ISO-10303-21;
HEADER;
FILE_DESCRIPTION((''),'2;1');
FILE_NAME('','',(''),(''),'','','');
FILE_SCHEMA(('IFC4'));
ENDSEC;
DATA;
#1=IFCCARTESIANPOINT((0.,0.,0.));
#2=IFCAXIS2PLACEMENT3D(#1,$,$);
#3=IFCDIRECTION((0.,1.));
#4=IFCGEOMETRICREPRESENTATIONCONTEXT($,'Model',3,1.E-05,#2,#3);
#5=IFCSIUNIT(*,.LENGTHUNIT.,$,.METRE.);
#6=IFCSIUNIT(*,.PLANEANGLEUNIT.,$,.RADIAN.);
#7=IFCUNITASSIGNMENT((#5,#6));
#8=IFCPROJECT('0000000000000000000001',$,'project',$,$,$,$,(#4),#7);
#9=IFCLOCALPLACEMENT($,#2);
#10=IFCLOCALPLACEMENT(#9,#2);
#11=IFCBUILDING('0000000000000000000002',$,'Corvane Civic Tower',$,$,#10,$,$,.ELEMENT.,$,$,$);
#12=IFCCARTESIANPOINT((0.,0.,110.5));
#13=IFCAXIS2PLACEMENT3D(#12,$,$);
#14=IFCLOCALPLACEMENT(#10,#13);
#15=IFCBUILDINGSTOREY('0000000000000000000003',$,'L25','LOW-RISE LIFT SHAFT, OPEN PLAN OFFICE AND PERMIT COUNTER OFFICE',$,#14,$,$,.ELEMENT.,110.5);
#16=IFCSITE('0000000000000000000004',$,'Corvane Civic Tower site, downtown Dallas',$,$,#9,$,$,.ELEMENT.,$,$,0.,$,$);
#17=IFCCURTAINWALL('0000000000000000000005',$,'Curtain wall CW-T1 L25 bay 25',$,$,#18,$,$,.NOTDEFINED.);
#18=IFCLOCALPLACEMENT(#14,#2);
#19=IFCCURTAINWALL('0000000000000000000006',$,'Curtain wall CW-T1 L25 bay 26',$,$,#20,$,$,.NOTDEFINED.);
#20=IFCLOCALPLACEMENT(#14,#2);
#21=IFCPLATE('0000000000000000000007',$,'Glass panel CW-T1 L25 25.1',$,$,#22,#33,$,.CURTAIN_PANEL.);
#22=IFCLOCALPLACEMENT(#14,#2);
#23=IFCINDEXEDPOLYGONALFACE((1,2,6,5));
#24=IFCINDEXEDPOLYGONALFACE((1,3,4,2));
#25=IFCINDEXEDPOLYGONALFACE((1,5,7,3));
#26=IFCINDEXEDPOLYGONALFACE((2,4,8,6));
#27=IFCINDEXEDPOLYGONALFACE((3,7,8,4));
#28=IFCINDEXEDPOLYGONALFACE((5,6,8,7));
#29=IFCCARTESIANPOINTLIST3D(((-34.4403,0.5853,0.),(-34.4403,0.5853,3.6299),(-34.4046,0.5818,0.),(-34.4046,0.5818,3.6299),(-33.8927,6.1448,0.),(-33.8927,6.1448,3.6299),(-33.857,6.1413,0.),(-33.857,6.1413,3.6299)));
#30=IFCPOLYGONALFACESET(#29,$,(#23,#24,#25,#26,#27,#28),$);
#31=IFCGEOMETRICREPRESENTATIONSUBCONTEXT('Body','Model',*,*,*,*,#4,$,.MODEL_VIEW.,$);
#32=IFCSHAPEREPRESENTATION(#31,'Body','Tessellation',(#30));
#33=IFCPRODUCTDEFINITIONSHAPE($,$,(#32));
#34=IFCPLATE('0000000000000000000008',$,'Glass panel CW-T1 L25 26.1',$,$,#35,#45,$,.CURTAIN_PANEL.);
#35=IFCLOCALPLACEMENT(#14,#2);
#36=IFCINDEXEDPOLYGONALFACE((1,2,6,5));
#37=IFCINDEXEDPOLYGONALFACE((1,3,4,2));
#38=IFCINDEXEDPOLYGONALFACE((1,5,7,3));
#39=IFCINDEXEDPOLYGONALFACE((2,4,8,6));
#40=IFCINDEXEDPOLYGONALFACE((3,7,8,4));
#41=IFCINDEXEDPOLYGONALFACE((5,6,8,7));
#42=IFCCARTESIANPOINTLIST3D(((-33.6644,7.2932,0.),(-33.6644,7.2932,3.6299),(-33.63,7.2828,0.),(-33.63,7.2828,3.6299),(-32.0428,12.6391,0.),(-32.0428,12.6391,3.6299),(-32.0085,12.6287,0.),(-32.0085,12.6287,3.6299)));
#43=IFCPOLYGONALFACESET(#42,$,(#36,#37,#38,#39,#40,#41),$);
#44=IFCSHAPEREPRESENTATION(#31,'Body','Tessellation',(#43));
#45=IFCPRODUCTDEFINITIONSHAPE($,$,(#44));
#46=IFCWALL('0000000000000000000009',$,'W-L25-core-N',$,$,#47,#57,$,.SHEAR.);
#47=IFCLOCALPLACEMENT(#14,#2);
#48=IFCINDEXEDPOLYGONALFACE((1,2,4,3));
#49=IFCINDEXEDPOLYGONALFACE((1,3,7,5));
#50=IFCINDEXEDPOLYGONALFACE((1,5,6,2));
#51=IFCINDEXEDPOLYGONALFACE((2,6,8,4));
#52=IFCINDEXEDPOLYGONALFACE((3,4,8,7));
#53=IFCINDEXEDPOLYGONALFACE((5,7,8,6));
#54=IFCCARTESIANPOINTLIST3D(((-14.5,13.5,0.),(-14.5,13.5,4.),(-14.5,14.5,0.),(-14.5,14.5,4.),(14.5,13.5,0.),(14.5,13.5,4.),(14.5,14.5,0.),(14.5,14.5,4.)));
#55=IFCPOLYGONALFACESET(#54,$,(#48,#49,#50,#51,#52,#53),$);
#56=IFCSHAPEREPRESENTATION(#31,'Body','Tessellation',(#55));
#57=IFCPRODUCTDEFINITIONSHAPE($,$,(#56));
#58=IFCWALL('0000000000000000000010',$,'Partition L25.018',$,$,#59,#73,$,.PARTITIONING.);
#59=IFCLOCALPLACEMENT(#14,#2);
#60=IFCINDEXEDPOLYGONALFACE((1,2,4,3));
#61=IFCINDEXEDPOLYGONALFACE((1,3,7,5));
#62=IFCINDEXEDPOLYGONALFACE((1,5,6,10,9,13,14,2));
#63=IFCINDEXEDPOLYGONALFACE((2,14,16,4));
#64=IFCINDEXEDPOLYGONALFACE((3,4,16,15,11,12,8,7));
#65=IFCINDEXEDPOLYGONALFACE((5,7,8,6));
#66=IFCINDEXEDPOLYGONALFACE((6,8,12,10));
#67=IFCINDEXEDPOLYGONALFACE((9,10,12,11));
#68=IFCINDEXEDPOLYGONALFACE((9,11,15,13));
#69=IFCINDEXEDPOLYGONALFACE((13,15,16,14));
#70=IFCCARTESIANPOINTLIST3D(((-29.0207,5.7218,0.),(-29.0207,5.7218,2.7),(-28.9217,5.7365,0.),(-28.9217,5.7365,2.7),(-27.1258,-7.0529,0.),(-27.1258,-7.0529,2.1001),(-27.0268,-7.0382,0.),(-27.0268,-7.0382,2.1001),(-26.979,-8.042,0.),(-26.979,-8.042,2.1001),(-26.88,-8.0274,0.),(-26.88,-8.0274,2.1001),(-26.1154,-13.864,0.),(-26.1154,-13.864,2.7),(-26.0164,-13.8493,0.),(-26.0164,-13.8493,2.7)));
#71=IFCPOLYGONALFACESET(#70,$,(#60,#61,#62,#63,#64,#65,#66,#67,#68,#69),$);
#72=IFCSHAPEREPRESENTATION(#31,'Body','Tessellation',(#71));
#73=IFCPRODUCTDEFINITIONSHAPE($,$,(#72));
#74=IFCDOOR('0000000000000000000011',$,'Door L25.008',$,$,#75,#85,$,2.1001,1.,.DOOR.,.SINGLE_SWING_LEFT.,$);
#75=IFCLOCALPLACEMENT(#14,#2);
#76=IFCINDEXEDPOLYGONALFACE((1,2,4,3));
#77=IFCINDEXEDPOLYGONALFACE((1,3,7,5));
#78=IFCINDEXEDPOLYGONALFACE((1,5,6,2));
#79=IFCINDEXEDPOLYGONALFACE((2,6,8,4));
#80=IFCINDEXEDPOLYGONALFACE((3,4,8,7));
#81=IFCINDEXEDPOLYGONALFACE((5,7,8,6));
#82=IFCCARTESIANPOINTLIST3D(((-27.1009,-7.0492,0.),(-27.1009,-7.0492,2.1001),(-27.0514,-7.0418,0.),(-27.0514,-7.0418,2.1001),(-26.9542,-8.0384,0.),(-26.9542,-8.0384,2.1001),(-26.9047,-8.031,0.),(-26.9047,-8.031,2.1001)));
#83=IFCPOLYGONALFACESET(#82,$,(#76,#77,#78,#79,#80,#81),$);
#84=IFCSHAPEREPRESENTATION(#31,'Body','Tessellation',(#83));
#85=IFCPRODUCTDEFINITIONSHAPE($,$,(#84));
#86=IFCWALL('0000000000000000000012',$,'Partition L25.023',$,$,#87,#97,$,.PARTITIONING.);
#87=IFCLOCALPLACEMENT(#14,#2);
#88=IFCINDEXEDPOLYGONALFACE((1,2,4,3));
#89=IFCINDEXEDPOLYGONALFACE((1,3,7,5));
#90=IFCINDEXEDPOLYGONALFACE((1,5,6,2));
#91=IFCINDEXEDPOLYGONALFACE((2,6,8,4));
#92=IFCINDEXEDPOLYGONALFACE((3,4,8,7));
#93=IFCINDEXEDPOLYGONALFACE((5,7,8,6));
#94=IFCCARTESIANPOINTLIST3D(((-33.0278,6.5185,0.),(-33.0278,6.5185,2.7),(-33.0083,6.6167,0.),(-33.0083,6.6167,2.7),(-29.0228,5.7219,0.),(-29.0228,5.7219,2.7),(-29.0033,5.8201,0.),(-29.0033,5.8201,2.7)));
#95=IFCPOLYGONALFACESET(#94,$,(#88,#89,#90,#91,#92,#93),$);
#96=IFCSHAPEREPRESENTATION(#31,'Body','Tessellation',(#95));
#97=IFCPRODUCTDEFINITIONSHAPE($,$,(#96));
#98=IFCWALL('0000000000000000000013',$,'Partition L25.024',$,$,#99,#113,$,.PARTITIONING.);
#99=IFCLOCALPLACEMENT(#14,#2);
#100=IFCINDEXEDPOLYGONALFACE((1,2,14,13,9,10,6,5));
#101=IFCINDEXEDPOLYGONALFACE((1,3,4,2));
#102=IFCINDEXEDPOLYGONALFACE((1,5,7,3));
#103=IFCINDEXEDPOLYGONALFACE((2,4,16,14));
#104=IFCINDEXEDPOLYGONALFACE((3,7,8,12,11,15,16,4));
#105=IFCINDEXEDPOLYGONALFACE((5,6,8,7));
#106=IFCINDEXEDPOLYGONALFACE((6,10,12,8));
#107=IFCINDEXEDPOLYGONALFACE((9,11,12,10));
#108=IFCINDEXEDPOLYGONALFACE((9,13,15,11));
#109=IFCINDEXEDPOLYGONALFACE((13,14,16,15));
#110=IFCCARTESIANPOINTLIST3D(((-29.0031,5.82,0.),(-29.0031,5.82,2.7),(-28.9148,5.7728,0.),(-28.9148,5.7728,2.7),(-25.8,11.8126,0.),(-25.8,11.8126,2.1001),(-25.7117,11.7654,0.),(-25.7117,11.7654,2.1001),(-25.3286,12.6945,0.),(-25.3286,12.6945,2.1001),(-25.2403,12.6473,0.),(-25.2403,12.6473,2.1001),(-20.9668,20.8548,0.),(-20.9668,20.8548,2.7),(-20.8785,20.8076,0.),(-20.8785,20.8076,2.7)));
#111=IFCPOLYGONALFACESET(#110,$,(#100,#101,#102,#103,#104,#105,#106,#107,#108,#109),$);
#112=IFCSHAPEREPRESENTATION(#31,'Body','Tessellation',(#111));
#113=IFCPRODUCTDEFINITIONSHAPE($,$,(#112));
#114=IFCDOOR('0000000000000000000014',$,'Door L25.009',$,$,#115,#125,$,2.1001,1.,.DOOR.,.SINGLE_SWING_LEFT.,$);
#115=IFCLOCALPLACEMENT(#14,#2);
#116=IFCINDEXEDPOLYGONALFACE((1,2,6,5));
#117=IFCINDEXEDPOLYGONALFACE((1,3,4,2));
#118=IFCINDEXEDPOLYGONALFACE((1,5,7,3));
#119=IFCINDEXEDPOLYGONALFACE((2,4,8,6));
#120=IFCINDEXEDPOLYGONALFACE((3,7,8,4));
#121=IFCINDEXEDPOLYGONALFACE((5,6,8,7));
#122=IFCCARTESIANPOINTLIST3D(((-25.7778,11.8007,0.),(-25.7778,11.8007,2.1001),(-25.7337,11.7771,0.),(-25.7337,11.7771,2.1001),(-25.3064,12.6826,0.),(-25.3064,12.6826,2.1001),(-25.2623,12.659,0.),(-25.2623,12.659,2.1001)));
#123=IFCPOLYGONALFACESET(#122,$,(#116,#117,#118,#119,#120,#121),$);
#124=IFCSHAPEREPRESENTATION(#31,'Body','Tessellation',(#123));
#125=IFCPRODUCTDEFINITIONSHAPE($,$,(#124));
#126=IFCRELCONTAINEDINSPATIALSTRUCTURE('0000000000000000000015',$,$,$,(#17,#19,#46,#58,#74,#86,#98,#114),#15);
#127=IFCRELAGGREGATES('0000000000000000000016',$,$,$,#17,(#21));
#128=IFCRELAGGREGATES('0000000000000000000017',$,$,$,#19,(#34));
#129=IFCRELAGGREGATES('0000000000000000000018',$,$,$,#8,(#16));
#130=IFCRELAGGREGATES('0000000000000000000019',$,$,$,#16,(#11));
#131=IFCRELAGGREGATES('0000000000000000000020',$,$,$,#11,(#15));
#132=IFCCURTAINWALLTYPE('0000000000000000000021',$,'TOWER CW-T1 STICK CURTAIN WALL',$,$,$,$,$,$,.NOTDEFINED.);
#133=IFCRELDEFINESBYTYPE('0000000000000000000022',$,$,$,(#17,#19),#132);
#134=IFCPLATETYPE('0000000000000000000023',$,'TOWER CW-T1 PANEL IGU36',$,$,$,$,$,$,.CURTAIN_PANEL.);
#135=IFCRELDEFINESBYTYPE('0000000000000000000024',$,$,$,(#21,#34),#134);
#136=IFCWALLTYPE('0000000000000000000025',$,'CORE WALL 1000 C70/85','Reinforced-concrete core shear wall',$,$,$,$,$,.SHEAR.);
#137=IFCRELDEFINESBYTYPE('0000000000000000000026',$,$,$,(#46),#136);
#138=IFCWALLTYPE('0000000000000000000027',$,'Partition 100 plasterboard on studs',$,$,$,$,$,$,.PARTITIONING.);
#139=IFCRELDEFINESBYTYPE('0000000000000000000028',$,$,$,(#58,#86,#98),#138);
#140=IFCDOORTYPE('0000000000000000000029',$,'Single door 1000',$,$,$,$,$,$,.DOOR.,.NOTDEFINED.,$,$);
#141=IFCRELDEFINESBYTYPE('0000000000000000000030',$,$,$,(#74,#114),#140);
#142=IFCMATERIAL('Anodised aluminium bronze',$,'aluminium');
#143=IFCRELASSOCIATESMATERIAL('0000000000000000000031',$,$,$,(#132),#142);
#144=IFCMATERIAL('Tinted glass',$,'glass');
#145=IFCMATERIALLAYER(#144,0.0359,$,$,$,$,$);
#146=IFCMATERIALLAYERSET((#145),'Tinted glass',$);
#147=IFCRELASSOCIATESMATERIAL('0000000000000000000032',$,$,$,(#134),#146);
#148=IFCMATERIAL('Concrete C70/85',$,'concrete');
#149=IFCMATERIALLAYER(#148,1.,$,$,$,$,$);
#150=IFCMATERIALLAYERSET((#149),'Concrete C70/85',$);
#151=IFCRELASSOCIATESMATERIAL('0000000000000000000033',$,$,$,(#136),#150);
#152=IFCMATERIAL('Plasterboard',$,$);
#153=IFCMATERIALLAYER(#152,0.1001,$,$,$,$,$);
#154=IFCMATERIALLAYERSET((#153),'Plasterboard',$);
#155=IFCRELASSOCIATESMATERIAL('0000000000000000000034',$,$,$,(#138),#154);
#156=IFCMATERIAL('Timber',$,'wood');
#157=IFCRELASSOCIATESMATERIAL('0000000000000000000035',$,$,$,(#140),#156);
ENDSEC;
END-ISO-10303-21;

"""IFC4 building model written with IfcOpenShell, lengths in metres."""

from ifc_helpers import new_model, si_unit, direction, frame, frame_2d, origin, origin_2d, place, context, subcontext, project, spatial, rectangle, extrude, material, layer, layer_set, type_object, element, fill, aggregate, save


model = new_model("IFC4")

# Units and contexts
model_context = context("Model", 3, precision=1e-05, world=origin(), true_north=direction((0.0, 1.0)))
body_context = subcontext(model_context, "Body", "Model", "MODEL_VIEW")
ifc_project = project(units=[si_unit("LENGTHUNIT", "METRE"), si_unit("PLANEANGLEUNIT", "RADIAN")], contexts=[model_context])

# Site, building, storey
site_placement = place(None, origin())
site = spatial("IfcSite", under=ifc_project, at=site_placement, Name="Corvane Civic Tower site, downtown Dallas", CompositionType="ELEMENT", RefElevation=0.0)
building_placement = place(site_placement, origin())
building = spatial("IfcBuilding", under=site, at=building_placement, Name="Corvane Civic Tower", CompositionType="ELEMENT")
storey_placement = place(building_placement, frame((0.0, 0.0, 110.5)))
storey = spatial("IfcBuildingStorey", under=building, at=storey_placement, Name="L25", Description="LOW-RISE LIFT SHAFT, OPEN PLAN OFFICE AND PERMIT COUNTER OFFICE", CompositionType="ELEMENT", Elevation=110.5)

# Curtain walls
ifc_material_1 = material(Name="Anodised aluminium bronze", Category="aluminium")
curtain_wall_type = type_object("IfcCurtainWallType", Name="TOWER CW-T1 STICK CURTAIN WALL", PredefinedType="NOTDEFINED", material=ifc_material_1)
curtain_wall_1_placement = place(storey_placement, origin())
curtain_wall_1 = element("IfcCurtainWall", 1, at=curtain_wall_1_placement, inside=storey, type_object=curtain_wall_type, Name="Curtain wall CW-T1 L25 bay 25", PredefinedType="NOTDEFINED")
curtain_wall_2_placement = place(storey_placement, origin())
curtain_wall_2 = element("IfcCurtainWall", 2, at=curtain_wall_2_placement, inside=storey, type_object=curtain_wall_type, Name="Curtain wall CW-T1 L25 bay 26", PredefinedType="NOTDEFINED")

# Plates
ifc_material_2 = material(Name="Tinted glass", Category="glass")
ifc_layer_1 = layer(ifc_material_2, 0.0359)
ifc_layer_set_1 = layer_set([ifc_layer_1], Name="Tinted glass")
plate_type = type_object("IfcPlateType", Name="TOWER CW-T1 PANEL IGU36", PredefinedType="CURTAIN_PANEL", material=ifc_layer_set_1)
plate_1_placement = place(storey_placement, frame((-34.1487, 3.3633, 0.0), z_axis=(0.0, 0.0, 1.0), x_axis=(0.098027, 0.995184, 0.0)))
plate_1 = element("IfcPlate", 3, at=plate_1_placement, type_object=plate_type, Name="Glass panel CW-T1 L25 25.1", PredefinedType="CURTAIN_PANEL", context=body_context, shape_type="SweptSolid", body=[
    extrude(rectangle(XDim=5.5864, YDim=0.0359, at=origin_2d()), origin(), (0.0, 0.0, 1.0), 3.6299),
])
aggregate(curtain_wall_1, [plate_1])
plate_2_placement = place(storey_placement, frame((-32.8364, 9.9609, 0.0), z_axis=(0.0, 0.0, 1.0), x_axis=(0.290266, 0.956946, 0.0)))
plate_2 = element("IfcPlate", 4, at=plate_2_placement, type_object=plate_type, Name="Glass panel CW-T1 L25 26.1", PredefinedType="CURTAIN_PANEL", context=body_context, shape_type="SweptSolid", body=[
    extrude(rectangle(XDim=5.5864, YDim=0.0359, at=origin_2d()), origin(), (0.0, 0.0, 1.0), 3.6299),
])
aggregate(curtain_wall_2, [plate_2])

# Wall
ifc_material_3 = material(Name="Concrete C70/85", Category="concrete")
ifc_layer_2 = layer(ifc_material_3, 1.0)
ifc_layer_set_2 = layer_set([ifc_layer_2], Name="Concrete C70/85")
wall_type_1 = type_object("IfcWallType", Name="CORE WALL 1000 C70/85", Description="Reinforced-concrete core shear wall", PredefinedType="SHEAR", material=ifc_layer_set_2)
wall_1_placement = place(storey_placement, frame((-14.5, 14.0, 0.0), z_axis=(0.0, 0.0, 1.0), x_axis=(1.0, 0.0, 0.0)))
element("IfcWall", 5, at=wall_1_placement, inside=storey, type_object=wall_type_1, Name="W-L25-core-N", PredefinedType="SHEAR", context=body_context, shape_type="SweptSolid", body=[
    extrude(rectangle(XDim=29.0, YDim=1.0, at=frame_2d((14.5, 0.0))), origin(), (0.0, 0.0, 1.0), 4.0),
])

# Wall, opening, door
ifc_material_4 = material(Name="Plasterboard")
ifc_layer_3 = layer(ifc_material_4, 0.1001)
ifc_layer_set_3 = layer_set([ifc_layer_3], Name="Plasterboard")
wall_type_2 = type_object("IfcWallType", Name="Partition 100 plasterboard on studs", PredefinedType="PARTITIONING", material=ifc_layer_set_3)
wall_2_placement = place(storey_placement, frame((-28.9712, 5.729, 0.0), z_axis=(0.0, 0.0, 1.0), x_axis=(0.146731, -0.989176, 0.0)))
wall_2 = element("IfcWall", 6, at=wall_2_placement, inside=storey, type_object=wall_type_2, Name="Partition L25.018", PredefinedType="PARTITIONING", context=body_context, shape_type="SweptSolid", body=[
    extrude(rectangle(XDim=19.8, YDim=0.1001, at=frame_2d((9.8999, 0.0))), origin(), (0.0, 0.0, 1.0), 2.7),
])
opening_1_placement = place(wall_2_placement, frame((12.9143, 0.0, 0.0)))
opening_1 = element("IfcOpeningElement", 7, at=opening_1_placement, cuts=wall_2, PredefinedType="OPENING", context=body_context, shape_type="SweptSolid", body=[
    extrude(rectangle(XDim=1.0, YDim=2.1001, at=frame_2d((0.5, 1.05))), frame((0.0, 0.0601, 0.0), z_axis=(0.0, -1.0, 0.0), x_axis=(1.0, 0.0, 0.0)), (0.0, 0.0, 1.0), 0.1201),
])
ifc_material_5 = material(Name="Timber", Category="wood")
door_type = type_object("IfcDoorType", Name="Single door 1000", OperationType="NOTDEFINED", PredefinedType="DOOR", material=ifc_material_5)
door_1_placement = place(opening_1_placement, frame((1.0, 0.0, 0.0), z_axis=(0.0, 0.0, 1.0), x_axis=(-1.0, 0.0, 0.0)))
door_1 = element("IfcDoor", 8, at=door_1_placement, inside=storey, type_object=door_type, Name="Door L25.008", OperationType="SINGLE_SWING_LEFT", OverallHeight=2.1001, OverallWidth=1.0, PredefinedType="DOOR", context=body_context, shape_type="SweptSolid", body=[
    extrude(rectangle(XDim=1.0, YDim=2.1001, at=frame_2d((0.5, 1.05))), frame((0.0, 0.0249, 0.0), z_axis=(0.0, -1.0, 0.0), x_axis=(1.0, 0.0, 0.0)), (0.0, 0.0, 1.0), 0.05),
])
fill(opening_1, door_1)

# Wall
wall_3_placement = place(storey_placement, frame((-33.0181, 6.5676, 0.0), z_axis=(0.0, 0.0, 1.0), x_axis=(0.980787, -0.195081, 0.0)))
element("IfcWall", 9, at=wall_3_placement, inside=storey, type_object=wall_type_2, Name="Partition L25.023", PredefinedType="PARTITIONING", context=body_context, shape_type="SweptSolid", body=[
    extrude(rectangle(XDim=4.0835, YDim=0.1001, at=frame_2d((2.0417, 0.0))), origin(), (0.0, 0.0, 1.0), 2.7),
])

# Wall, opening, door
wall_4_placement = place(storey_placement, frame((-28.959, 5.7964, 0.0), z_axis=(0.0, 0.0, 1.0), x_axis=(0.471399, 0.88192, 0.0)))
wall_4 = element("IfcWall", 10, at=wall_4_placement, inside=storey, type_object=wall_type_2, Name="Partition L25.024", PredefinedType="PARTITIONING", context=body_context, shape_type="SweptSolid", body=[
    extrude(rectangle(XDim=17.0479, YDim=0.1001, at=frame_2d((8.5239, 0.0))), origin(), (0.0, 0.0, 1.0), 2.7),
])
opening_2_placement = place(wall_4_placement, frame((6.7949, 0.0, 0.0)))
opening_2 = element("IfcOpeningElement", 11, at=opening_2_placement, cuts=wall_4, PredefinedType="OPENING", context=body_context, shape_type="SweptSolid", body=[
    extrude(rectangle(XDim=1.0, YDim=2.1001, at=frame_2d((0.5, 1.05))), frame((0.0, 0.0601, 0.0), z_axis=(0.0, -1.0, 0.0), x_axis=(1.0, 0.0, 0.0)), (0.0, 0.0, 1.0), 0.1201),
])
door_2_placement = place(opening_2_placement, origin())
door_2 = element("IfcDoor", 12, at=door_2_placement, inside=storey, type_object=door_type, Name="Door L25.009", OperationType="SINGLE_SWING_LEFT", OverallHeight=2.1001, OverallWidth=1.0, PredefinedType="DOOR", context=body_context, shape_type="SweptSolid", body=[
    extrude(rectangle(XDim=1.0, YDim=2.1001, at=frame_2d((0.5, 1.05))), frame((0.0, 0.0249, 0.0), z_axis=(0.0, -1.0, 0.0), x_axis=(1.0, 0.0, 0.0)), (0.0, 0.0, 1.0), 0.05),
])
fill(opening_2, door_2)

save(model, "model.ifc")
